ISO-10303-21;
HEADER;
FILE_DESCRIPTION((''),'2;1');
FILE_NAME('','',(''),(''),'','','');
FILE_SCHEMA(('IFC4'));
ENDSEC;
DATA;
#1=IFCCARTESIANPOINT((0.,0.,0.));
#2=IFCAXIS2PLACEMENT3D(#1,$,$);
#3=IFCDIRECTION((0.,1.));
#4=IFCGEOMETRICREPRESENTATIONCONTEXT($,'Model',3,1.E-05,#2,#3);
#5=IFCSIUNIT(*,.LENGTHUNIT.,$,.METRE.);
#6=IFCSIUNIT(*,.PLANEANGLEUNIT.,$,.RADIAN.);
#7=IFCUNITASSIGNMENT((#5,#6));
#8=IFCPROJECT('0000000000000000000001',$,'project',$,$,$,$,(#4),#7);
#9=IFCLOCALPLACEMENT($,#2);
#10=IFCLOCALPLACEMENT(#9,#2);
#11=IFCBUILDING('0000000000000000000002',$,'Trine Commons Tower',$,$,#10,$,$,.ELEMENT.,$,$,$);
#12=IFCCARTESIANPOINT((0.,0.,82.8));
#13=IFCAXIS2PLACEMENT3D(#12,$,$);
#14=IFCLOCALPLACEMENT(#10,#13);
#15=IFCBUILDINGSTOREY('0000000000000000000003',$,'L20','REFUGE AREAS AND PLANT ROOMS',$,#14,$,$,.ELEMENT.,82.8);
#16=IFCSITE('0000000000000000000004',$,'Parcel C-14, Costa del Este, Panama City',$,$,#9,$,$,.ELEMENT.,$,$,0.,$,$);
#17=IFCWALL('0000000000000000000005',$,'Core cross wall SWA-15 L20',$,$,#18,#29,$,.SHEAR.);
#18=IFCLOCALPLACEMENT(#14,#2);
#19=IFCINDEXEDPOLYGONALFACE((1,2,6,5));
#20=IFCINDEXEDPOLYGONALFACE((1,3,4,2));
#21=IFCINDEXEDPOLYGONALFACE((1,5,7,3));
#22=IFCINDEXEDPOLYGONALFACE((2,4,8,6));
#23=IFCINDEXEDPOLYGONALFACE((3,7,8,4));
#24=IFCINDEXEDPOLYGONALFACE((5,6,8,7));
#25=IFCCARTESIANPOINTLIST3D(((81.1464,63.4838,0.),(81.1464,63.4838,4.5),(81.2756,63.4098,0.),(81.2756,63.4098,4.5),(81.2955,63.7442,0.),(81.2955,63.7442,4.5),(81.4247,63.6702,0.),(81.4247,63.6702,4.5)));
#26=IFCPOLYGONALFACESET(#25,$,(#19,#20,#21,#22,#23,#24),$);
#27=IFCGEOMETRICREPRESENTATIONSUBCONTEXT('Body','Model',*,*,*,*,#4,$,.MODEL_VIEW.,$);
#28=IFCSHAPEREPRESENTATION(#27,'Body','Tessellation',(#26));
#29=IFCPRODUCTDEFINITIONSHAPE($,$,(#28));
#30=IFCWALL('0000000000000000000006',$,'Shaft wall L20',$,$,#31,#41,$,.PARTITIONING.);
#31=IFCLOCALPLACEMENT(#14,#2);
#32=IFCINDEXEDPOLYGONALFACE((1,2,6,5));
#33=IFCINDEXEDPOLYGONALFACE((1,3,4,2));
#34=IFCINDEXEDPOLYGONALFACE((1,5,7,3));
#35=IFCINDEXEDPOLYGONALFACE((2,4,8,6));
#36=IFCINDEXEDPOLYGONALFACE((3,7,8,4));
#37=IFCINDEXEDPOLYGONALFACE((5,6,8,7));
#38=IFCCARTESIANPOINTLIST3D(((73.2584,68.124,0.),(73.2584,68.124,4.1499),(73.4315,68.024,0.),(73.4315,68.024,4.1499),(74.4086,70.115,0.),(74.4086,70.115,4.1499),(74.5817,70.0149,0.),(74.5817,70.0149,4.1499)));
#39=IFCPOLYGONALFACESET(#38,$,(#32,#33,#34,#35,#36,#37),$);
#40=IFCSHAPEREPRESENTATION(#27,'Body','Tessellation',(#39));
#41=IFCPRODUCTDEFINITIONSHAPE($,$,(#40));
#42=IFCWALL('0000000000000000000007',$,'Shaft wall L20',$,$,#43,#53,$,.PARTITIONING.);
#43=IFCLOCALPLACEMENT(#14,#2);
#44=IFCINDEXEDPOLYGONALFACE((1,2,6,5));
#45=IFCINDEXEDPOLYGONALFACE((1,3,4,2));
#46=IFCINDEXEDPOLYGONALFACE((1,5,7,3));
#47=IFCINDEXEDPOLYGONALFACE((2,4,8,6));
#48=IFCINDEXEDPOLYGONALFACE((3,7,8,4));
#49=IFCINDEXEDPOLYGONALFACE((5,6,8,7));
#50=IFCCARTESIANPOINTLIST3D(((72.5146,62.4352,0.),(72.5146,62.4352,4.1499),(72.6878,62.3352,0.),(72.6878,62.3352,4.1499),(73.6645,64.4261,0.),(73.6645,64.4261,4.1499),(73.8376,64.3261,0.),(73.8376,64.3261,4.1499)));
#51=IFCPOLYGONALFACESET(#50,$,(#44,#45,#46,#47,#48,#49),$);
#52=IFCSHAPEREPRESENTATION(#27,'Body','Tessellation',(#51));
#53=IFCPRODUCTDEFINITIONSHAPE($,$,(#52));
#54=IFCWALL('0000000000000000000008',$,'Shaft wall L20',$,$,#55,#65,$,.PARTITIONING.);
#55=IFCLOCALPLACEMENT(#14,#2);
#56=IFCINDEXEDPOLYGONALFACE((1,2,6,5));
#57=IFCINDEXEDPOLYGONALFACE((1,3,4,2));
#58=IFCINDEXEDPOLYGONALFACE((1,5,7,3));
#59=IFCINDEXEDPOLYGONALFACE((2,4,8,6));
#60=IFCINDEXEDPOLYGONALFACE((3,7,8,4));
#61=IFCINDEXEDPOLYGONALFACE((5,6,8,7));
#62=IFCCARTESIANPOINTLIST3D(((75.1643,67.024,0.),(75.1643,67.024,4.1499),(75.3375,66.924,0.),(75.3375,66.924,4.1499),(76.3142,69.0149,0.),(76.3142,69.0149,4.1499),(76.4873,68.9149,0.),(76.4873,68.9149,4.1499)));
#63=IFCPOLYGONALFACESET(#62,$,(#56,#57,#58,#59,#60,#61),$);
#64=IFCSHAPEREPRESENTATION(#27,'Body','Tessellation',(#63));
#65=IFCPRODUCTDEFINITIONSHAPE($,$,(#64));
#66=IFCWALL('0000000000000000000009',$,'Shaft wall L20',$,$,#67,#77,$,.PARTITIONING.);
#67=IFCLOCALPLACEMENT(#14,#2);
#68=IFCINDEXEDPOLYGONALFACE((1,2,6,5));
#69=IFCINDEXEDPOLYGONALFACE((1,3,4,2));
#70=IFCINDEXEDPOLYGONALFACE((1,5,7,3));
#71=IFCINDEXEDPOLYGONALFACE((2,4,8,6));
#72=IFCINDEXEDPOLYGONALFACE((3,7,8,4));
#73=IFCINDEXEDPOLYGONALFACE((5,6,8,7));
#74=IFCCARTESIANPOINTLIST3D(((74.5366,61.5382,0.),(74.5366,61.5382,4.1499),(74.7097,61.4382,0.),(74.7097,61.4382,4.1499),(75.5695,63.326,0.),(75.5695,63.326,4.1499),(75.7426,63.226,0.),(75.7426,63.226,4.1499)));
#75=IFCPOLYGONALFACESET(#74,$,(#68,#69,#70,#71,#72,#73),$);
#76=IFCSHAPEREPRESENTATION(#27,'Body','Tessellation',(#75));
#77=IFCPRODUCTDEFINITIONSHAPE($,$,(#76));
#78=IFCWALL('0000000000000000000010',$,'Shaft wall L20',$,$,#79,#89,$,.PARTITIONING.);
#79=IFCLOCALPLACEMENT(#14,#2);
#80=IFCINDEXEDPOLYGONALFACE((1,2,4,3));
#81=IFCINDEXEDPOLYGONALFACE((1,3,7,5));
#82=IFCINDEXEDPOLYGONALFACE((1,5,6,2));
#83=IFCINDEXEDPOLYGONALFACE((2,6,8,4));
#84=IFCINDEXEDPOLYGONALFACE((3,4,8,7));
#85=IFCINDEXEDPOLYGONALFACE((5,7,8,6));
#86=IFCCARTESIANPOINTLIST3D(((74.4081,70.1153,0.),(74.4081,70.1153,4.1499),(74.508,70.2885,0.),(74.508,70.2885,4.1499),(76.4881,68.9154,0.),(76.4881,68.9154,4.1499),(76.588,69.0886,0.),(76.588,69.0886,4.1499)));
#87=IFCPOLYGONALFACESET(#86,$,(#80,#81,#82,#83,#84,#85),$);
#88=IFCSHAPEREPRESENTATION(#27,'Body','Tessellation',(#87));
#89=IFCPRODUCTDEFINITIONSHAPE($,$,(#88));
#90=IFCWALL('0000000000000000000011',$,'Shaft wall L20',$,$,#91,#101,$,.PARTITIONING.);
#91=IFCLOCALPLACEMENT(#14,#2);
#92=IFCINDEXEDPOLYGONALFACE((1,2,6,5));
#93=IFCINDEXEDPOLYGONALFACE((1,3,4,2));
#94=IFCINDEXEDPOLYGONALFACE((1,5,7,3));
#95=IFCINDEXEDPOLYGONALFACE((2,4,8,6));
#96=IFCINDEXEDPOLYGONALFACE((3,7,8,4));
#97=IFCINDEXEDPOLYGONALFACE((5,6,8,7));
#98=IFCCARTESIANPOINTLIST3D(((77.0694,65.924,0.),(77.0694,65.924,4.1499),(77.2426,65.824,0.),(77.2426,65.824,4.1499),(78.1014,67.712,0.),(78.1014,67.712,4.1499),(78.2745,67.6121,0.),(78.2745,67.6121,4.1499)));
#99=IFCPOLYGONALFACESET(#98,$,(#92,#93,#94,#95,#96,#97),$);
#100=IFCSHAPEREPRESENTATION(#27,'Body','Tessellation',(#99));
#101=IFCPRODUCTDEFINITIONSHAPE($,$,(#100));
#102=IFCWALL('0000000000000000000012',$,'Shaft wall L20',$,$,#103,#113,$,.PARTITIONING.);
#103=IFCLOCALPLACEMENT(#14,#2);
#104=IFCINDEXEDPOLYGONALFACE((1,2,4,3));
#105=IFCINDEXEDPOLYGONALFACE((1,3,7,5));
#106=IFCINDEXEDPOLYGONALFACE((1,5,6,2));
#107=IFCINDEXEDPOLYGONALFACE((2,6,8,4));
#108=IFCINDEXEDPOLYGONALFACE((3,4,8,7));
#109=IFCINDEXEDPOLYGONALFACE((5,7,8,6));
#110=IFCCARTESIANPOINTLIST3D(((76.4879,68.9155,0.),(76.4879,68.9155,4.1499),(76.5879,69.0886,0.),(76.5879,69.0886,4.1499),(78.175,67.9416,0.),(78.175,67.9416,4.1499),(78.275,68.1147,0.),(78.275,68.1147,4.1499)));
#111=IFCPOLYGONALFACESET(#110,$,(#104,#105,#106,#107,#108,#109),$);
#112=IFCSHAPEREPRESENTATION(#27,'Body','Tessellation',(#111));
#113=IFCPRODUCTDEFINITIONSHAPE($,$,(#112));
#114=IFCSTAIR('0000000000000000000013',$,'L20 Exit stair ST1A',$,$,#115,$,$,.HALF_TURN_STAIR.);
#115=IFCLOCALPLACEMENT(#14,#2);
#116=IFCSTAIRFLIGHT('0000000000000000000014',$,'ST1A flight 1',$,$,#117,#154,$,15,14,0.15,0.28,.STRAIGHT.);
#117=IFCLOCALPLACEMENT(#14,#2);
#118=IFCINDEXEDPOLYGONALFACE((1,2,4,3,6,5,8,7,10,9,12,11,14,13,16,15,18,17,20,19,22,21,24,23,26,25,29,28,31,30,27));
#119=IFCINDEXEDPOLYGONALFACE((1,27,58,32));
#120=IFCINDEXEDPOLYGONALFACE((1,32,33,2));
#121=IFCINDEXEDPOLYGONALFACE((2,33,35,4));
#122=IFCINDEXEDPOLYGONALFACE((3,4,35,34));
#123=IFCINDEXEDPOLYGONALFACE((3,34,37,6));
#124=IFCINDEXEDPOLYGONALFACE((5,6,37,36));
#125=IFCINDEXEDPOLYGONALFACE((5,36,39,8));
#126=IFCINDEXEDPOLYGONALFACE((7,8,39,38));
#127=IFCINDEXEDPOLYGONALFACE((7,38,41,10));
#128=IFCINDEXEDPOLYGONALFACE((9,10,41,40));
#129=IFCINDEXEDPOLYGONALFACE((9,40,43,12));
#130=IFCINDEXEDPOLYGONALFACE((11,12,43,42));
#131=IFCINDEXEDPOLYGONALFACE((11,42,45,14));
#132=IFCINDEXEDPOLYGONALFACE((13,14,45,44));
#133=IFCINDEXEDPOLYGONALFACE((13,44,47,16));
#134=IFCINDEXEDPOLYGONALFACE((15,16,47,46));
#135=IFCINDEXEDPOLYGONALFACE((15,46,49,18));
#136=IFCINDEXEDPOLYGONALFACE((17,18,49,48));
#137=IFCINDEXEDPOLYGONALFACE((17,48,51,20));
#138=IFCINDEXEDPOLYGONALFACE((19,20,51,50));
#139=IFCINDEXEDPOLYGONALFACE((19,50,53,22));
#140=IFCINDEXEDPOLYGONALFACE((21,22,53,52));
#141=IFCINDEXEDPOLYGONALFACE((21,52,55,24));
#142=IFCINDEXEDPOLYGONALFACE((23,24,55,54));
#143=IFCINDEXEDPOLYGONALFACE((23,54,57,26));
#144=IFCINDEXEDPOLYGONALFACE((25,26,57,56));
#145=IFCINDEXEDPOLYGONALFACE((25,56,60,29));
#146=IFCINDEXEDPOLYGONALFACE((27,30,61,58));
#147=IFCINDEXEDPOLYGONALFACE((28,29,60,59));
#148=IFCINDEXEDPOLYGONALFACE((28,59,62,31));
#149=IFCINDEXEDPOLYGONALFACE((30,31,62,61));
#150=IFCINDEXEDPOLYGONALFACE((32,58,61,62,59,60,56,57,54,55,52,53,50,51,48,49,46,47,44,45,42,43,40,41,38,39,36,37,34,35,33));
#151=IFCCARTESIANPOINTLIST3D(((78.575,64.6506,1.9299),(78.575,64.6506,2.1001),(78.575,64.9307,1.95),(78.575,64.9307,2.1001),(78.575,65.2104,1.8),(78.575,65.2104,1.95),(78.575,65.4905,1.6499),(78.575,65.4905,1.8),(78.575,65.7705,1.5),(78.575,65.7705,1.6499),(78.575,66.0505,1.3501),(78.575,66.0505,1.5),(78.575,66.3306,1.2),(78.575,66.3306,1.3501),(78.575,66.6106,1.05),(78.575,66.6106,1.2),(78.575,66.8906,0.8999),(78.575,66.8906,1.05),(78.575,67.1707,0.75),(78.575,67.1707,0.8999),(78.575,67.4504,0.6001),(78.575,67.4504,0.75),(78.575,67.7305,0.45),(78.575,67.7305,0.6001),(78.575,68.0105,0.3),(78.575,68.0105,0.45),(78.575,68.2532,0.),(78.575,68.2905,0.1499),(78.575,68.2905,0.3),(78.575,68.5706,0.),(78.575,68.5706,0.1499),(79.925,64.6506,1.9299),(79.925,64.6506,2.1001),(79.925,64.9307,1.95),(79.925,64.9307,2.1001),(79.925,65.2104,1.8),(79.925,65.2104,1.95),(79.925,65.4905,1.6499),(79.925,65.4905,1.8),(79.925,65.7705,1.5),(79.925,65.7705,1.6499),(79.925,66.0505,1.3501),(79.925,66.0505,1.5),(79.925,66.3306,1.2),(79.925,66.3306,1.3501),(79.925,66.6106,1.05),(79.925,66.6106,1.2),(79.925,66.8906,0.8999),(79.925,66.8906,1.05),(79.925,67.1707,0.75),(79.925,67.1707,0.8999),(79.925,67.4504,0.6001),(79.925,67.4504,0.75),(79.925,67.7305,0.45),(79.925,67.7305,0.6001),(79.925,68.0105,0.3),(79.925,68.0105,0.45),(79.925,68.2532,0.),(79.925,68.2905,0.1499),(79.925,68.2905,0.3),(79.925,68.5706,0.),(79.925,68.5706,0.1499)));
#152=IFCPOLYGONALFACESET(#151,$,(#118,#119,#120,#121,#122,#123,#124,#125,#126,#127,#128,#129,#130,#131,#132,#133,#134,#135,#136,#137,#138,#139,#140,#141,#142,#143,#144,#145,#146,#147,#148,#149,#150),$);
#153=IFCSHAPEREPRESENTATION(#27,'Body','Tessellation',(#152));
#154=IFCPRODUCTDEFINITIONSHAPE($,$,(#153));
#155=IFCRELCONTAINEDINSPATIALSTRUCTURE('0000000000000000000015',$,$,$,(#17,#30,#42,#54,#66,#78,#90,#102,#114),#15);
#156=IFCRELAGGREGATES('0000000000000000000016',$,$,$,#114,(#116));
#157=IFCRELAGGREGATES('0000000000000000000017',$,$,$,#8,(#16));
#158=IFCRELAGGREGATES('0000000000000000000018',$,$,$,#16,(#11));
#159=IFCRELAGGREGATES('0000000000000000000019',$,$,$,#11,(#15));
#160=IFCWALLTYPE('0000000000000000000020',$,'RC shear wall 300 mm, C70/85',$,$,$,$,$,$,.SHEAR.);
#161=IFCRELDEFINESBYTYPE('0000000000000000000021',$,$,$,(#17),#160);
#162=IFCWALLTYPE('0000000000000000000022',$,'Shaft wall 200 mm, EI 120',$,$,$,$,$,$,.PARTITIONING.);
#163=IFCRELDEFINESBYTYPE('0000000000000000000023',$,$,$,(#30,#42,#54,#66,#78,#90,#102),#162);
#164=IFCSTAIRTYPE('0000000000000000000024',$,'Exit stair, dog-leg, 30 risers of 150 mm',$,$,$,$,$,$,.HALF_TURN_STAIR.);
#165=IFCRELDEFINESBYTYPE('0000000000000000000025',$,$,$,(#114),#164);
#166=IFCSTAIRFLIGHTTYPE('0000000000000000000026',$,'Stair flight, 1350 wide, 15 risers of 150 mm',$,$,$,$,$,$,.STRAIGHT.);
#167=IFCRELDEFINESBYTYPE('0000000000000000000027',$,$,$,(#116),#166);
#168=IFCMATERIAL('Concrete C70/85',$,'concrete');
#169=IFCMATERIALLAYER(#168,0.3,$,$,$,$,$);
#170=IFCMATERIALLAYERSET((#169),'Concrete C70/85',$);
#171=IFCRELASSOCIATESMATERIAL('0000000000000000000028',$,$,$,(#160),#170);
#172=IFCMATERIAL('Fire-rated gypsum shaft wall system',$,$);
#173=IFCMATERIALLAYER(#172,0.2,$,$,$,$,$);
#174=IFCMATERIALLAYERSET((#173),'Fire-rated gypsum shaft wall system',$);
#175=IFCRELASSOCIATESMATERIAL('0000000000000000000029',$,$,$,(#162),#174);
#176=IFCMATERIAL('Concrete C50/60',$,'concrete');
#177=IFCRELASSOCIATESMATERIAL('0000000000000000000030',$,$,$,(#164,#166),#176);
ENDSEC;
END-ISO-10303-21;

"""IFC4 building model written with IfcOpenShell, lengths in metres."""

from ifc_helpers import new_model, si_unit, direction, frame, frame_2d, origin, place, context, subcontext, project, spatial, polyline, rectangle, outline, extrude, material, layer, layer_set, type_object, element, aggregate, save


model = new_model("IFC4")

# Units and contexts
model_context = context("Model", 3, precision=1e-05, world=origin(), true_north=direction((0.0, 1.0)))
body_context = subcontext(model_context, "Body", "Model", "MODEL_VIEW")
ifc_project = project(units=[si_unit("LENGTHUNIT", "METRE"), si_unit("PLANEANGLEUNIT", "RADIAN")], contexts=[model_context])

# Site, building, storey
site_placement = place(None, origin())
site = spatial("IfcSite", under=ifc_project, at=site_placement, Name="Parcel C-14, Costa del Este, Panama City", CompositionType="ELEMENT", RefElevation=0.0)
building_placement = place(site_placement, origin())
building = spatial("IfcBuilding", under=site, at=building_placement, Name="Trine Commons Tower", CompositionType="ELEMENT")
storey_placement = place(building_placement, frame((0.0, 0.0, 82.8)))
storey = spatial("IfcBuildingStorey", under=building, at=storey_placement, Name="L20", Description="REFUGE AREAS AND PLANT ROOMS", CompositionType="ELEMENT", Elevation=82.8)

# Shared definitions
ifc_material_1 = material(Name="Fire-rated gypsum shaft wall system")
ifc_material_2 = material(Name="Concrete C70/85", Category="concrete")
ifc_layer_1 = layer(ifc_material_2, 0.3)
ifc_layer_set_1 = layer_set([ifc_layer_1], Name="Concrete C70/85")
wall_type_1 = type_object("IfcWallType", Name="RC shear wall 300 mm, C70/85", PredefinedType="SHEAR", material=ifc_layer_set_1)

# Walls
for number, where, z_axis, x_axis, name in (
    (1, (81.2209, 63.614, 0.0), (0.0, 0.0, 1.0), (0.867738, -0.497022, 0.0), "Core cross wall SWA-15 L20"),
):
    element("IfcWall", number, at=place(storey_placement, frame(where, z_axis=z_axis, x_axis=x_axis)), inside=storey, type_object=wall_type_1, Name=name, PredefinedType="SHEAR", context=body_context, shape_type="SweptSolid", body=[
        extrude(rectangle(XDim=0.1489, YDim=0.3, at=frame_2d((0.0745, 0.0))), origin(), (0.0, 0.0, 1.0), 4.5),
    ])
ifc_layer_2 = layer(ifc_material_1, 0.2)
ifc_layer_set_2 = layer_set([ifc_layer_2], Name="Fire-rated gypsum shaft wall system")
wall_type_2 = type_object("IfcWallType", Name="Shaft wall 200 mm, EI 120", PredefinedType="PARTITIONING", material=ifc_layer_set_2)
wall_1_placement = place(storey_placement, frame((73.345, 68.074, 0.0), z_axis=(0.0, 0.0, 1.0), x_axis=(0.500216, 0.865901, 0.0)))
element("IfcWall", 2, at=wall_1_placement, inside=storey, type_object=wall_type_2, Name="Shaft wall L20", PredefinedType="PARTITIONING", context=body_context, shape_type="SweptSolid", body=[
    extrude(rectangle(XDim=2.2993, YDim=0.2, at=frame_2d((1.1497, 0.0))), origin(), (0.0, 0.0, 1.0), 4.1499),
])
for number, where, z_axis, x_axis, name in (
    (3, (73.751, 64.376, 0.0), (0.0, 0.0, 1.0), (-0.500136, -0.865947, 0.0), "Shaft wall L20"),
    (4, (75.251, 66.9741, 0.0), (0.0, 0.0, 1.0), (0.500136, 0.865947, 0.0), "Shaft wall L20"),
):
    element("IfcWall", number, at=place(storey_placement, frame(where, z_axis=z_axis, x_axis=x_axis)), inside=storey, type_object=wall_type_2, Name=name, PredefinedType="PARTITIONING", context=body_context, shape_type="SweptSolid", body=[
        extrude(rectangle(XDim=2.2991, YDim=0.2, at=frame_2d((1.1494, 0.0))), origin(), (0.0, 0.0, 1.0), 4.1499),
    ])
wall_2_placement = place(storey_placement, frame((75.656, 63.2759, 0.0), z_axis=(0.0, 0.0, 1.0), x_axis=(-0.500272, -0.865868, 0.0)))
element("IfcWall", 5, at=wall_2_placement, inside=storey, type_object=wall_type_2, Name="Shaft wall L20", PredefinedType="PARTITIONING", context=body_context, shape_type="SweptSolid", body=[
    extrude(rectangle(XDim=2.0647, YDim=0.2, at=frame_2d((1.0322, 0.0))), origin(), (0.0, 0.0, 1.0), 4.1499),
])
wall_3_placement = place(storey_placement, frame((76.5381, 69.002, 0.0), z_axis=(0.0, 0.0, 1.0), x_axis=(-0.866203, 0.499693, 0.0)))
element("IfcWall", 6, at=wall_3_placement, inside=storey, type_object=wall_type_2, Name="Shaft wall L20", PredefinedType="PARTITIONING", context=body_context, shape_type="SweptSolid", body=[
    extrude(rectangle(XDim=2.4014, YDim=0.2, at=frame_2d((1.2007, 0.0))), origin(), (0.0, 0.0, 1.0), 4.1499),
])
wall_4_placement = place(storey_placement, frame((77.156, 65.874, 0.0), z_axis=(0.0, 0.0, 1.0), x_axis=(0.499866, 0.866103, 0.0)))
element("IfcWall", 7, at=wall_4_placement, inside=storey, type_object=wall_type_2, Name="Shaft wall L20", PredefinedType="PARTITIONING", context=body_context, shape_type="SweptSolid", body=[
    extrude(rectangle(XDim=2.0645, YDim=0.2, at=frame_2d((1.0322, 0.0))), origin(), (0.0, 0.0, 1.0), 4.1499),
])
wall_5_placement = place(storey_placement, frame((78.2251, 68.0281, 0.0), z_axis=(0.0, 0.0, 1.0), x_axis=(-0.866052, 0.499954, 0.0)))
element("IfcWall", 8, at=wall_5_placement, inside=storey, type_object=wall_type_2, Name="Shaft wall L20", PredefinedType="PARTITIONING", context=body_context, shape_type="SweptSolid", body=[
    extrude(rectangle(XDim=1.948, YDim=0.2, at=frame_2d((0.9741, 0.0))), origin(), (0.0, 0.0, 1.0), 4.1499),
])

# Stair, stair flight
ifc_material_3 = material(Name="Concrete C50/60", Category="concrete")
stair_type = type_object("IfcStairType", Name="Exit stair, dog-leg, 30 risers of 150 mm", PredefinedType="HALF_TURN_STAIR", material=ifc_material_3)
stair_placement = place(storey_placement, origin())
stair = element("IfcStair", 9, at=stair_placement, inside=storey, type_object=stair_type, Name="L20 Exit stair ST1A", PredefinedType="HALF_TURN_STAIR")
stair_flight_type = type_object("IfcStairFlightType", Name="Stair flight, 1350 wide, 15 risers of 150 mm", PredefinedType="STRAIGHT", material=ifc_material_3)
stair_flight_1_placement = place(storey_placement, frame((79.25, 68.5706, 0.0), z_axis=(0.0, 0.0, 1.0), x_axis=(0.0, -1.0, 0.0)))
stair_flight_1 = element("IfcStairFlight", 10, at=stair_flight_1_placement, type_object=stair_flight_type, Name="ST1A flight 1", NumberOfRisers=15, NumberOfTreads=14, PredefinedType="STRAIGHT", RiserHeight=0.15, TreadLength=0.28, context=body_context, shape_type="SweptSolid", body=[
    extrude(outline(polyline([(0.0, 0.0), (0.0, 0.1499), (0.28, 0.1499), (0.28, 0.3), (0.5601, 0.3), (0.5601, 0.45), (0.8401, 0.45), (0.8401, 0.6001), (1.1201, 0.6001), (1.1201, 0.75), (1.3999, 0.75), (1.3999, 0.8999), (1.6799, 0.8999), (1.6799, 1.05), (1.96, 1.05), (1.96, 1.2), (2.24, 1.2), (2.24, 1.3501), (2.52, 1.3501), (2.52, 1.5), (2.8, 1.5), (2.8, 1.6499), (3.0801, 1.6499), (3.0801, 1.8), (3.3601, 1.8), (3.3601, 1.95), (3.6399, 1.95), (3.6399, 2.1001), (3.9199, 2.1001), (3.9199, 2.25), (3.9199, 1.9299), (0.3174, 0.0), (0.0, 0.0)])), frame((0.0, 0.675, 0.0), z_axis=(0.0, -1.0, 0.0), x_axis=(1.0, 0.0, 0.0)), (0.0, 0.0, 1.0), 1.3501),
])
aggregate(stair, [stair_flight_1])

save(model, "model.ifc")
